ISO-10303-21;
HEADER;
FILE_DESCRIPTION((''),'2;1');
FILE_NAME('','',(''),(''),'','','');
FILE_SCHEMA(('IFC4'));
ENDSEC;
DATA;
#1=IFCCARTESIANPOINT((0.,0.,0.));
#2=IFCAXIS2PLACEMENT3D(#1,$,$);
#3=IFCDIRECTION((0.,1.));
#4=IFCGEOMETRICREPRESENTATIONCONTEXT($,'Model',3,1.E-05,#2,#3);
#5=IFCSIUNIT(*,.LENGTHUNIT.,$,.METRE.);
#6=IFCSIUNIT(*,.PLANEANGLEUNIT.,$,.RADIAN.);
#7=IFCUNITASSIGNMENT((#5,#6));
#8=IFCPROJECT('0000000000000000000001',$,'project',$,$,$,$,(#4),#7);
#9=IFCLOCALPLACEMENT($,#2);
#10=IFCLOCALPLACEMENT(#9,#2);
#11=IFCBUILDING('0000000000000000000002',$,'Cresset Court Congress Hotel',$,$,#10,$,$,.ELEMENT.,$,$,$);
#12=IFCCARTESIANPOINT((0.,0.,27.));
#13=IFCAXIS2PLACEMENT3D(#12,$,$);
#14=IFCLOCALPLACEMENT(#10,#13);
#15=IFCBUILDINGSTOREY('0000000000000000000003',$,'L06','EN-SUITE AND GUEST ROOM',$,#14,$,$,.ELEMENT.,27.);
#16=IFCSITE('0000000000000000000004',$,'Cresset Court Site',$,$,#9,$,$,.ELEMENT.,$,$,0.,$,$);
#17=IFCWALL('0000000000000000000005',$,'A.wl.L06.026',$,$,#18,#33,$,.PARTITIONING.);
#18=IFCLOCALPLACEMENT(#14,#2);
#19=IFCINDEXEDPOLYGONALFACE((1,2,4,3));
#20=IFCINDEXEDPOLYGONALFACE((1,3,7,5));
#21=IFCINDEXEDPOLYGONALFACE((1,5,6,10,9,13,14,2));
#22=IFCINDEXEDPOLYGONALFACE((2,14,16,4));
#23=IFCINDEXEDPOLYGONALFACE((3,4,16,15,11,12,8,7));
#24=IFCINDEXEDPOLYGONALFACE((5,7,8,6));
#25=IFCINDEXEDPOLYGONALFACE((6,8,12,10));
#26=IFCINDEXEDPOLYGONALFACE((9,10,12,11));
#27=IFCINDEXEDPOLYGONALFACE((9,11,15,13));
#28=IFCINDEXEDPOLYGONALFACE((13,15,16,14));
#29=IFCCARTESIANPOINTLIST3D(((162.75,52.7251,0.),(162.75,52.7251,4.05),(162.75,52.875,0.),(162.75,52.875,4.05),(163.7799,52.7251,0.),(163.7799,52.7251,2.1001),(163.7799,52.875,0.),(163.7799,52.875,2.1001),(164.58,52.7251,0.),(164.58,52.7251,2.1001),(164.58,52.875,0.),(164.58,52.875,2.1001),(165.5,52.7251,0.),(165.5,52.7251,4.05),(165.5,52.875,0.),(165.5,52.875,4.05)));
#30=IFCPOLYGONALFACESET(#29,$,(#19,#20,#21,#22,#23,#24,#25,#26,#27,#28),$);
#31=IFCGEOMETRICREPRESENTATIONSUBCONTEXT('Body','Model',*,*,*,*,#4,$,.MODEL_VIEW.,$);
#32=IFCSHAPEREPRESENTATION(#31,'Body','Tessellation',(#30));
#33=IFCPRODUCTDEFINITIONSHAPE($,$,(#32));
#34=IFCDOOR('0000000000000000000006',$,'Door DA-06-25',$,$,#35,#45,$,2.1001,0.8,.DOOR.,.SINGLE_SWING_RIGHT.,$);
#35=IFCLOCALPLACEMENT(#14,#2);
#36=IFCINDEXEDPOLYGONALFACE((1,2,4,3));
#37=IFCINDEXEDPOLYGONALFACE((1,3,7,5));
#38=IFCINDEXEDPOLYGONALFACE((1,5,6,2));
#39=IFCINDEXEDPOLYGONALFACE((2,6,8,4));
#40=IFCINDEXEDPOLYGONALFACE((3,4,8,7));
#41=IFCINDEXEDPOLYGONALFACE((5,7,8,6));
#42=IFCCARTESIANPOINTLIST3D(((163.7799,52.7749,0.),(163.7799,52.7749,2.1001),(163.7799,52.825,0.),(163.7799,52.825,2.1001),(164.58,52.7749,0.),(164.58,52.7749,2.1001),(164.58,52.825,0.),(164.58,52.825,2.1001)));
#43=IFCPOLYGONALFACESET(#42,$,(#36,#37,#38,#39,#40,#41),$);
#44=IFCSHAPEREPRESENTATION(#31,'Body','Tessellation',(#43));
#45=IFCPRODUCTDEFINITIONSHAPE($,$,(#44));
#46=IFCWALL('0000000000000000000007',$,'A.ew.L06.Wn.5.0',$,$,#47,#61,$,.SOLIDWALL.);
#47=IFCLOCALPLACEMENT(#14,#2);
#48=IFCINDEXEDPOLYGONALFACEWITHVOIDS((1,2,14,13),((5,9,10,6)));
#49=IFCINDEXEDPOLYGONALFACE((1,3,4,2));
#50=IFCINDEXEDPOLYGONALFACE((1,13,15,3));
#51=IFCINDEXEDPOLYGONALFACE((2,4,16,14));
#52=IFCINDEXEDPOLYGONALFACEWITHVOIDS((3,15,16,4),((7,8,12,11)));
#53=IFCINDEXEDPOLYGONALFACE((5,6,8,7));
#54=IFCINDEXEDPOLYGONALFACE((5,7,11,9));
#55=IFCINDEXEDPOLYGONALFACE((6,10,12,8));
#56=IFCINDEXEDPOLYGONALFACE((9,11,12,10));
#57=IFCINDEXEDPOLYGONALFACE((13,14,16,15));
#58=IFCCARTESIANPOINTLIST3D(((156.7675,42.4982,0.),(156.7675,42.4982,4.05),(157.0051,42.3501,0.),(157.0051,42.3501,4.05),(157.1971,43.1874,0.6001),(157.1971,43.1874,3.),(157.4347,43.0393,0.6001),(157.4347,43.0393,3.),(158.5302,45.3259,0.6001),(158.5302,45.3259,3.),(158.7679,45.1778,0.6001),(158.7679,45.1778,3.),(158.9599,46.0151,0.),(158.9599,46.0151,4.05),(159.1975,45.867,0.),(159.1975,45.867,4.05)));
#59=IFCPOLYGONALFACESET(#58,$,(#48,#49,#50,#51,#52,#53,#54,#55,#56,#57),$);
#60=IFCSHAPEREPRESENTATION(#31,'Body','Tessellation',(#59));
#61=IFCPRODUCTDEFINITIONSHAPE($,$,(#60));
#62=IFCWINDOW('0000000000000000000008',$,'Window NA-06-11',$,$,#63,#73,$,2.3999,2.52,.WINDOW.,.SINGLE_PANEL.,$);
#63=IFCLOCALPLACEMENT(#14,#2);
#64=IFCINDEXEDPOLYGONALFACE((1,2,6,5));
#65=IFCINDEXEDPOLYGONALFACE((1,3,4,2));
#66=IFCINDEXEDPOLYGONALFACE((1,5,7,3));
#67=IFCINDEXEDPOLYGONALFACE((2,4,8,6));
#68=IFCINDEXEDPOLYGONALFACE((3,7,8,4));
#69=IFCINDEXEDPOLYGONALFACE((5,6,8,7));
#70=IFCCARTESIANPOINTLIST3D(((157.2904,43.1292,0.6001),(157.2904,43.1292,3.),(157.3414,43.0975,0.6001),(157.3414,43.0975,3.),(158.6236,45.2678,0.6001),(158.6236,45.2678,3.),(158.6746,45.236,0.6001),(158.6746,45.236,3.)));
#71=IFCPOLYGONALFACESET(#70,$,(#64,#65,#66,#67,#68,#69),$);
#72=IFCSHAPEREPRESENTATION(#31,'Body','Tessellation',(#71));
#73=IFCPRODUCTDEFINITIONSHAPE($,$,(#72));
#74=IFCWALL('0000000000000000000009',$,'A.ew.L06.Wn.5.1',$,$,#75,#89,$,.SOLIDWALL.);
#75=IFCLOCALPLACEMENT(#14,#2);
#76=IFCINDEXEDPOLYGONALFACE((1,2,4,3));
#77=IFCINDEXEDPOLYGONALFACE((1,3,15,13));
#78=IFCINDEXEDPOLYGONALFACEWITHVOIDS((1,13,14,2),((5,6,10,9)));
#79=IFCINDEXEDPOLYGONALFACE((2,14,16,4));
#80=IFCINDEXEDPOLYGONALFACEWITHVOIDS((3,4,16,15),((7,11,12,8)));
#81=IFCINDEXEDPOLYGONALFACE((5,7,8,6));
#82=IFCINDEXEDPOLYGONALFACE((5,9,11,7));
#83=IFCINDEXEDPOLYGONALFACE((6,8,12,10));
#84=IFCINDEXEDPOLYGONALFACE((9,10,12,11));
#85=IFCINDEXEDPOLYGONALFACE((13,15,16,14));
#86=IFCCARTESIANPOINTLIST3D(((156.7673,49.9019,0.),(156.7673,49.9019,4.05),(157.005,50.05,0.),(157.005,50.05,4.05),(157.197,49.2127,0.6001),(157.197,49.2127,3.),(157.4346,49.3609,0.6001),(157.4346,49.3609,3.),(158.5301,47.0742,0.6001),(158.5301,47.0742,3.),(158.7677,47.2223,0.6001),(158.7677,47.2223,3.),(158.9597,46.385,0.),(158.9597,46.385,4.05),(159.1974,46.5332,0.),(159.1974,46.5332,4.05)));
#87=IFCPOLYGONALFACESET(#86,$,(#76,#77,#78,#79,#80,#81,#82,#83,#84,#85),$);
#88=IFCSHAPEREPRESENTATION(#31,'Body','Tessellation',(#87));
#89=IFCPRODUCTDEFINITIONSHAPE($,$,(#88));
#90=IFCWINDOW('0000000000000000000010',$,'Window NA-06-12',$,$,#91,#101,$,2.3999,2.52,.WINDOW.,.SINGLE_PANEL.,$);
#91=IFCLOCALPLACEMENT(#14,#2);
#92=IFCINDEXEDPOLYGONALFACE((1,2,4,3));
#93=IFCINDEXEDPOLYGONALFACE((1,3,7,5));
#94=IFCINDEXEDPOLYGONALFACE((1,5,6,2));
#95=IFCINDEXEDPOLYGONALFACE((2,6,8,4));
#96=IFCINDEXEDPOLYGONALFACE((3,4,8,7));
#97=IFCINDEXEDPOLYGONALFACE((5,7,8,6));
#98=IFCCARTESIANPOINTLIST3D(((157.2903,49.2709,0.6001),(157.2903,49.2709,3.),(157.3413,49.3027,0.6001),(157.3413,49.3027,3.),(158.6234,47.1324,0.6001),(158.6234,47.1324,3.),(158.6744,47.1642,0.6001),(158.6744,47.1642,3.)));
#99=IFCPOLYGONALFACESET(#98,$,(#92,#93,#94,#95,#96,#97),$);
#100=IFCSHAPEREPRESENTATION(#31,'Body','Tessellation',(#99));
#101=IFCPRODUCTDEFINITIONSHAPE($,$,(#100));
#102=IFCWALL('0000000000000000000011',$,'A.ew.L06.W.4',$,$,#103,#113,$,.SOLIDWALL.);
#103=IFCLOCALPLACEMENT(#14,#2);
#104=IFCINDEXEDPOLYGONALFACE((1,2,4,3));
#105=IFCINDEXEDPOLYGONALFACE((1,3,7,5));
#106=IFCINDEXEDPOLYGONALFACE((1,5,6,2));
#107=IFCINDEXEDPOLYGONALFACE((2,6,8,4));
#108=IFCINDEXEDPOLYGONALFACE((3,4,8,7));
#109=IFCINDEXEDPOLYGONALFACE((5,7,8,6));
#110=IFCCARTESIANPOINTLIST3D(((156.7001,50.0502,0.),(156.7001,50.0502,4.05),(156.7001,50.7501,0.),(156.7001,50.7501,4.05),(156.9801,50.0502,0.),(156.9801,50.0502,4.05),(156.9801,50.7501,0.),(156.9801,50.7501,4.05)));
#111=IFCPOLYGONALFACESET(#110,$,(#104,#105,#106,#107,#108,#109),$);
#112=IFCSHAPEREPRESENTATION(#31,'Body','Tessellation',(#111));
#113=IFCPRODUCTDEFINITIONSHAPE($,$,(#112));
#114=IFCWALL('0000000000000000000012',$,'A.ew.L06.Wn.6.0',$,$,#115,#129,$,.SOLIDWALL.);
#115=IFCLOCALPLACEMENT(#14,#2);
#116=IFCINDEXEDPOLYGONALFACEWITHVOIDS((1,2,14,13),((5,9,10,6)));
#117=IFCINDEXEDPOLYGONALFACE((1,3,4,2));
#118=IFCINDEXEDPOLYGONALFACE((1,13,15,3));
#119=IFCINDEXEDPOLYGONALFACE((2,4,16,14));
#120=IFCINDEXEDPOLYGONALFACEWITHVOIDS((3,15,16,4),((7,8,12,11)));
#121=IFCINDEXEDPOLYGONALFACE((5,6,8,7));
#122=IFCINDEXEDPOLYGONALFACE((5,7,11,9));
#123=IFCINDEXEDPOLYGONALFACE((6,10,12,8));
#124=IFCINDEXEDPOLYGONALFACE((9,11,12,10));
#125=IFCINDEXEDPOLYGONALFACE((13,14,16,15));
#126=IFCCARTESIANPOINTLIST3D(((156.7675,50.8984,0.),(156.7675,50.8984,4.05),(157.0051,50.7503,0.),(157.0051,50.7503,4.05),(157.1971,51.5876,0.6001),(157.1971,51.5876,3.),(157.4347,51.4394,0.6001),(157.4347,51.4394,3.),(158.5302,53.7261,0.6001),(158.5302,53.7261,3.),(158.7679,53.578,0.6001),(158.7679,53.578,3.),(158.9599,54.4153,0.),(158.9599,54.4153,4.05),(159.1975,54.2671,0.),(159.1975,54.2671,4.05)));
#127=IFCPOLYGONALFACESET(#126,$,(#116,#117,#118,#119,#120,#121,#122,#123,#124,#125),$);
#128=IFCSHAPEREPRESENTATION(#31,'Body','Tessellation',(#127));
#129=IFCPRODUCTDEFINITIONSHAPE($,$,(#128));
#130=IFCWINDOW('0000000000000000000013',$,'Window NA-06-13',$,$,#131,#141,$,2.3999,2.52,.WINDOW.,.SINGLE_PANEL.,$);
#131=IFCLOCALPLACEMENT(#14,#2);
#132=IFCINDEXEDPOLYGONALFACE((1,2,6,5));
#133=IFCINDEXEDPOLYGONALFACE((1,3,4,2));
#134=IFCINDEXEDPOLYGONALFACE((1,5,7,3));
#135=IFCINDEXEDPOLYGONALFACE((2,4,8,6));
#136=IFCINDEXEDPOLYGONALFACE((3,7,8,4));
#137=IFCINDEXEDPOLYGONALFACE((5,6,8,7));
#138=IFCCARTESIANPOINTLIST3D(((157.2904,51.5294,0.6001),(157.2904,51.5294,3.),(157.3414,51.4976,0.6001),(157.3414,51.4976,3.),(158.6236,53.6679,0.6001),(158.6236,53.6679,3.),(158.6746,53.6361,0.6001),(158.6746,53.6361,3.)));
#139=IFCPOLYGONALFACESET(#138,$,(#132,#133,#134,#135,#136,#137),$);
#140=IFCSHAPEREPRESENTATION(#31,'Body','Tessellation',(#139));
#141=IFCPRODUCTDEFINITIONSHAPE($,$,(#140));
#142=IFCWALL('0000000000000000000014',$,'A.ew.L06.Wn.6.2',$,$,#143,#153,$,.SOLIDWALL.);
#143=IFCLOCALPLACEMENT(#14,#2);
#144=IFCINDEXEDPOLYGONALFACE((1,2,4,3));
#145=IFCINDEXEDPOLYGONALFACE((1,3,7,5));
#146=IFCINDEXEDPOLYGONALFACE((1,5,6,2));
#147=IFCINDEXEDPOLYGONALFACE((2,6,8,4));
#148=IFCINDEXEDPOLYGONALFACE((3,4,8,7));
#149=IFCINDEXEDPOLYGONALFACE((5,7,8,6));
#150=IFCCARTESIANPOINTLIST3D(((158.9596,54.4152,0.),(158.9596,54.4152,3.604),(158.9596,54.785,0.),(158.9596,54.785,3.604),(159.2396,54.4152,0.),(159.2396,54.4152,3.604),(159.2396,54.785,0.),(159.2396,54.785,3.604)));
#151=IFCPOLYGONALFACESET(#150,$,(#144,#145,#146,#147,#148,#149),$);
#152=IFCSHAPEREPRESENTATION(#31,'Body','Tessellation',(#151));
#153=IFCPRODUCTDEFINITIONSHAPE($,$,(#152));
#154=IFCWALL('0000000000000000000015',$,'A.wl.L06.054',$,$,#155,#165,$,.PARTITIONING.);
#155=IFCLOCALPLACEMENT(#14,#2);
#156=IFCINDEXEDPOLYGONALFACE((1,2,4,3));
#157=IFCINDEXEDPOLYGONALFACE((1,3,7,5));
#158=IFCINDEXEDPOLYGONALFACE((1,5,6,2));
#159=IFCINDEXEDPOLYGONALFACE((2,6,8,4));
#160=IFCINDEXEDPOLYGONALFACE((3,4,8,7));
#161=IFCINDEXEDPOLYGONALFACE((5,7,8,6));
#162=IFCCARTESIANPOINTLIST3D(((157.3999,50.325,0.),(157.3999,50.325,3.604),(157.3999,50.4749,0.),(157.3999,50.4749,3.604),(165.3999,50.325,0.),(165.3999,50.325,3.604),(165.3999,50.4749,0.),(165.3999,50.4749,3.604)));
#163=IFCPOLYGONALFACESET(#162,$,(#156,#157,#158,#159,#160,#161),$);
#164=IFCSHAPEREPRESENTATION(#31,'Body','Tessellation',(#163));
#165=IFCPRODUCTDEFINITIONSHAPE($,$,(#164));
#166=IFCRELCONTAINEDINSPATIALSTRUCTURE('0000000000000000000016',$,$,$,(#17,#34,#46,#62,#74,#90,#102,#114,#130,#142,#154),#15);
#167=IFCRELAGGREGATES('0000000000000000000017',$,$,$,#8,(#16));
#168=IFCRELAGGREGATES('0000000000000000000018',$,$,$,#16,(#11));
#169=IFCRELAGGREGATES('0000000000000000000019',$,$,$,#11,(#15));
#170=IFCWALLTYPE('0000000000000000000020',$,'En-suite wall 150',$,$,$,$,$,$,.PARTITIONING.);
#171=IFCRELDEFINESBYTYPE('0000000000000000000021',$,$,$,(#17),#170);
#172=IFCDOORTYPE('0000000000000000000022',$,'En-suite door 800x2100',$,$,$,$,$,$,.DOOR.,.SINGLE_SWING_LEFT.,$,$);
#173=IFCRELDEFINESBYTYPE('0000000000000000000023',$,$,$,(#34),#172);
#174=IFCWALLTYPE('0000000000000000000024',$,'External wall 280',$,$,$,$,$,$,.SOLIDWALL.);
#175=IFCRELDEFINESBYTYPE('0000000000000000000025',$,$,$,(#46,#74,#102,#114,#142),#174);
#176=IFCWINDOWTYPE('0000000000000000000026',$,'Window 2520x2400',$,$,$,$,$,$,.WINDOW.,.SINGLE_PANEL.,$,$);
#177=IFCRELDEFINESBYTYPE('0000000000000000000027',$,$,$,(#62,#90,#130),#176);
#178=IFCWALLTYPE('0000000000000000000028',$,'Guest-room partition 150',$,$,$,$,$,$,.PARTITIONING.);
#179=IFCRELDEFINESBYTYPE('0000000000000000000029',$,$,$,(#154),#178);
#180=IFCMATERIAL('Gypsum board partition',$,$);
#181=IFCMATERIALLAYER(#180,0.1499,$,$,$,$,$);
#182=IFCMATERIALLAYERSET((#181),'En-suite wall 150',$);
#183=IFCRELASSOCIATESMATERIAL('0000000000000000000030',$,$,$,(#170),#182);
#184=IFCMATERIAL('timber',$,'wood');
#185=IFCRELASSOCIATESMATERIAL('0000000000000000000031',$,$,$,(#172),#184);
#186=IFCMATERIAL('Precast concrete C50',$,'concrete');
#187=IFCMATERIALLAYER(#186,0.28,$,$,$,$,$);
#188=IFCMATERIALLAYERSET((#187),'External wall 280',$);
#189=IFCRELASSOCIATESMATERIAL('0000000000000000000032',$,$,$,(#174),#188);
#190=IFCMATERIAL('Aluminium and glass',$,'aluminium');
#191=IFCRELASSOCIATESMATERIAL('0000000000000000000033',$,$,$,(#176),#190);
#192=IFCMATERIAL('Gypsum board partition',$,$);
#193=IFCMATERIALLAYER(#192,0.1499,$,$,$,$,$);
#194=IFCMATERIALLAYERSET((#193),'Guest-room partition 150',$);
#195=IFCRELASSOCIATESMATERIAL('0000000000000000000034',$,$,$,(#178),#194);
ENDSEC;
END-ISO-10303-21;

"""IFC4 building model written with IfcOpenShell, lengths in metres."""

from ifc_helpers import new_model, si_unit, direction, frame, frame_2d, origin, place, context, subcontext, project, spatial, rectangle, extrude, material, layer, layer_set, type_object, element, fill, save


model = new_model("IFC4")

# Units and contexts
model_context = context("Model", 3, precision=1e-05, world=origin(), true_north=direction((0.0, 1.0)))
body_context = subcontext(model_context, "Body", "Model", "MODEL_VIEW")
ifc_project = project(units=[si_unit("LENGTHUNIT", "METRE"), si_unit("PLANEANGLEUNIT", "RADIAN")], contexts=[model_context])

# Site, building, storey
site_placement = place(None, origin())
site = spatial("IfcSite", under=ifc_project, at=site_placement, Name="Cresset Court Site", CompositionType="ELEMENT", RefElevation=0.0)
building_placement = place(site_placement, origin())
building = spatial("IfcBuilding", under=site, at=building_placement, Name="Cresset Court Congress Hotel", CompositionType="ELEMENT")
storey_placement = place(building_placement, frame((0.0, 0.0, 27.0)))
storey = spatial("IfcBuildingStorey", under=building, at=storey_placement, Name="L06", Description="EN-SUITE AND GUEST ROOM", CompositionType="ELEMENT", Elevation=27.0)

# Wall, opening, door
ifc_material_1 = material(Name="Gypsum board partition")
ifc_layer_1 = layer(ifc_material_1, 0.1499)
ifc_layer_set_1 = layer_set([ifc_layer_1], Name="En-suite wall 150")
wall_type_1 = type_object("IfcWallType", Name="En-suite wall 150", PredefinedType="PARTITIONING", material=ifc_layer_set_1)
ifc_material_2 = material(Name="timber", Category="wood")
door_type = type_object("IfcDoorType", Name="En-suite door 800x2100", OperationType="SINGLE_SWING_LEFT", PredefinedType="DOOR", material=ifc_material_2)
wall_1_placement = place(storey_placement, frame((162.75, 52.8, 0.0), z_axis=(0.0, 0.0, 1.0), x_axis=(1.0, 0.0, 0.0)))
wall_1 = element("IfcWall", 1, at=wall_1_placement, inside=storey, type_object=wall_type_1, Name="A.wl.L06.026", PredefinedType="PARTITIONING", context=body_context, shape_type="SweptSolid", body=[
    extrude(rectangle(XDim=2.75, YDim=0.1499, at=frame_2d((1.375, 0.0))), origin(), (0.0, 0.0, 1.0), 4.05),
])
opening_1_placement = place(wall_1_placement, frame((1.03, 0.0, 0.0)))
opening_1 = element("IfcOpeningElement", 2, at=opening_1_placement, cuts=wall_1, PredefinedType="OPENING", context=body_context, shape_type="SweptSolid", body=[
    extrude(rectangle(XDim=0.8, YDim=2.1001, at=frame_2d((0.3999, 1.05))), frame((0.0, 0.085, 0.0), z_axis=(0.0, -1.0, 0.0), x_axis=(1.0, 0.0, 0.0)), (0.0, 0.0, 1.0), 0.1699),
])
door_1_placement = place(opening_1_placement, origin())
door_1 = element("IfcDoor", 3, at=door_1_placement, inside=storey, type_object=door_type, Name="Door DA-06-25", OperationType="SINGLE_SWING_RIGHT", OverallHeight=2.1001, OverallWidth=0.8, PredefinedType="DOOR", context=body_context, shape_type="SweptSolid", body=[
    extrude(rectangle(XDim=0.8, YDim=2.1001, at=frame_2d((0.3999, 1.05))), frame((0.0, 0.0249, 0.0), z_axis=(0.0, -1.0, 0.0), x_axis=(1.0, 0.0, 0.0)), (0.0, 0.0, 1.0), 0.05),
])
fill(opening_1, door_1)

# Walls, openings, windows
ifc_material_3 = material(Name="Precast concrete C50", Category="concrete")
ifc_layer_2 = layer(ifc_material_3, 0.28)
ifc_layer_set_2 = layer_set([ifc_layer_2], Name="External wall 280")
wall_type_2 = type_object("IfcWallType", Name="External wall 280", PredefinedType="SOLIDWALL", material=ifc_layer_set_2)
wall_2_placement = place(storey_placement, frame((156.8862, 42.4241, 0.0), z_axis=(0.0, 0.0, 1.0), x_axis=(0.529019, 0.84861, 0.0)))
wall_2 = element("IfcWall", 4, at=wall_2_placement, inside=storey, type_object=wall_type_2, Name="A.ew.L06.Wn.5.0", PredefinedType="SOLIDWALL", context=body_context, shape_type="SweptSolid", body=[
    extrude(rectangle(XDim=4.1443, YDim=0.28, at=frame_2d((2.0723, 0.0))), origin(), (0.0, 0.0, 1.0), 4.05),
])
opening_2_placement = place(wall_2_placement, frame((0.8123, 0.0, 0.6001)))
opening_2 = element("IfcOpeningElement", 5, at=opening_2_placement, cuts=wall_2, PredefinedType="OPENING", context=body_context, shape_type="SweptSolid", body=[
    extrude(rectangle(XDim=2.52, YDim=2.3999, at=frame_2d((1.26, 1.2))), frame((0.0, 0.1499, 0.0), z_axis=(0.0, -1.0, 0.0), x_axis=(1.0, 0.0, 0.0)), (0.0, 0.0, 1.0), 0.3),
])
ifc_material_4 = material(Name="Aluminium and glass", Category="aluminium")
window_type = type_object("IfcWindowType", Name="Window 2520x2400", PartitioningType="SINGLE_PANEL", PredefinedType="WINDOW", material=ifc_material_4)
window_1_placement = place(opening_2_placement, origin())
window_1 = element("IfcWindow", 6, at=window_1_placement, inside=storey, type_object=window_type, Name="Window NA-06-11", OverallHeight=2.3999, OverallWidth=2.52, PartitioningType="SINGLE_PANEL", PredefinedType="WINDOW", context=body_context, shape_type="SweptSolid", body=[
    extrude(rectangle(XDim=2.52, YDim=2.3999, at=frame_2d((1.26, 1.2))), frame((0.0, 0.03, 0.0), z_axis=(0.0, -1.0, 0.0), x_axis=(1.0, 0.0, 0.0)), (0.0, 0.0, 1.0), 0.0601),
])
fill(opening_2, window_1)
wall_3_placement = place(storey_placement, frame((159.0786, 46.459, 0.0), z_axis=(0.0, 0.0, 1.0), x_axis=(-0.529019, 0.84861, 0.0)))
wall_3 = element("IfcWall", 7, at=wall_3_placement, inside=storey, type_object=wall_type_2, Name="A.ew.L06.Wn.5.1", PredefinedType="SOLIDWALL", context=body_context, shape_type="SweptSolid", body=[
    extrude(rectangle(XDim=4.1443, YDim=0.28, at=frame_2d((2.0723, 0.0))), origin(), (0.0, 0.0, 1.0), 4.05),
])
opening_3_placement = place(wall_3_placement, frame((0.8123, 0.0, 0.6001)))
opening_3 = element("IfcOpeningElement", 8, at=opening_3_placement, cuts=wall_3, PredefinedType="OPENING", context=body_context, shape_type="SweptSolid", body=[
    extrude(rectangle(XDim=2.52, YDim=2.3999, at=frame_2d((1.26, 1.2))), frame((0.0, 0.1499, 0.0), z_axis=(0.0, -1.0, 0.0), x_axis=(1.0, 0.0, 0.0)), (0.0, 0.0, 1.0), 0.3),
])
window_2_placement = place(opening_3_placement, origin())
window_2 = element("IfcWindow", 9, at=window_2_placement, inside=storey, type_object=window_type, Name="Window NA-06-12", OverallHeight=2.3999, OverallWidth=2.52, PartitioningType="SINGLE_PANEL", PredefinedType="WINDOW", context=body_context, shape_type="SweptSolid", body=[
    extrude(rectangle(XDim=2.52, YDim=2.3999, at=frame_2d((1.26, 1.2))), frame((0.0, 0.03, 0.0), z_axis=(0.0, -1.0, 0.0), x_axis=(1.0, 0.0, 0.0)), (0.0, 0.0, 1.0), 0.0601),
])
fill(opening_3, window_2)

# Wall
wall_4_placement = place(storey_placement, frame((156.8401, 50.05, 0.0), z_axis=(0.0, 0.0, 1.0), x_axis=(0.0, 1.0, 0.0)))
element("IfcWall", 10, at=wall_4_placement, inside=storey, type_object=wall_type_2, Name="A.ew.L06.W.4", PredefinedType="SOLIDWALL", context=body_context, shape_type="SweptSolid", body=[
    extrude(rectangle(XDim=0.7, YDim=0.28, at=frame_2d((0.3501, 0.0))), origin(), (0.0, 0.0, 1.0), 4.05),
])

# Wall, opening, window
wall_5_placement = place(storey_placement, frame((156.8862, 50.8242, 0.0), z_axis=(0.0, 0.0, 1.0), x_axis=(0.529019, 0.84861, 0.0)))
wall_5 = element("IfcWall", 11, at=wall_5_placement, inside=storey, type_object=wall_type_2, Name="A.ew.L06.Wn.6.0", PredefinedType="SOLIDWALL", context=body_context, shape_type="SweptSolid", body=[
    extrude(rectangle(XDim=4.1443, YDim=0.28, at=frame_2d((2.0723, 0.0))), origin(), (0.0, 0.0, 1.0), 4.05),
])
opening_4_placement = place(wall_5_placement, frame((0.8123, 0.0, 0.6001)))
opening_4 = element("IfcOpeningElement", 12, at=opening_4_placement, cuts=wall_5, PredefinedType="OPENING", context=body_context, shape_type="SweptSolid", body=[
    extrude(rectangle(XDim=2.52, YDim=2.3999, at=frame_2d((1.26, 1.2))), frame((0.0, 0.1499, 0.0), z_axis=(0.0, -1.0, 0.0), x_axis=(1.0, 0.0, 0.0)), (0.0, 0.0, 1.0), 0.3),
])
window_3_placement = place(opening_4_placement, origin())
window_3 = element("IfcWindow", 13, at=window_3_placement, inside=storey, type_object=window_type, Name="Window NA-06-13", OverallHeight=2.3999, OverallWidth=2.52, PartitioningType="SINGLE_PANEL", PredefinedType="WINDOW", context=body_context, shape_type="SweptSolid", body=[
    extrude(rectangle(XDim=2.52, YDim=2.3999, at=frame_2d((1.26, 1.2))), frame((0.0, 0.03, 0.0), z_axis=(0.0, -1.0, 0.0), x_axis=(1.0, 0.0, 0.0)), (0.0, 0.0, 1.0), 0.0601),
])
fill(opening_4, window_3)

# Walls
wall_6_placement = place(storey_placement, frame((159.0996, 54.415, 0.0), z_axis=(0.0, 0.0, 1.0), x_axis=(0.0, 1.0, 0.0)))
element("IfcWall", 14, at=wall_6_placement, inside=storey, type_object=wall_type_2, Name="A.ew.L06.Wn.6.2", PredefinedType="SOLIDWALL", context=body_context, shape_type="SweptSolid", body=[
    extrude(rectangle(XDim=0.3699, YDim=0.28, at=frame_2d((0.1851, 0.0))), origin(), (0.0, 0.0, 1.0), 3.604),
])
ifc_material_5 = material(Name="Gypsum board partition")
ifc_layer_3 = layer(ifc_material_5, 0.1499)
ifc_layer_set_3 = layer_set([ifc_layer_3], Name="Guest-room partition 150")
wall_type_3 = type_object("IfcWallType", Name="Guest-room partition 150", PredefinedType="PARTITIONING", material=ifc_layer_set_3)
wall_7_placement = place(storey_placement, frame((157.3999, 50.3999, 0.0), z_axis=(0.0, 0.0, 1.0), x_axis=(1.0, 0.0, 0.0)))
element("IfcWall", 15, at=wall_7_placement, inside=storey, type_object=wall_type_3, Name="A.wl.L06.054", PredefinedType="PARTITIONING", context=body_context, shape_type="SweptSolid", body=[
    extrude(rectangle(XDim=8.0, YDim=0.1499, at=frame_2d((4.0, 0.0))), origin(), (0.0, 0.0, 1.0), 3.604),
])

save(model, "model.ifc")
